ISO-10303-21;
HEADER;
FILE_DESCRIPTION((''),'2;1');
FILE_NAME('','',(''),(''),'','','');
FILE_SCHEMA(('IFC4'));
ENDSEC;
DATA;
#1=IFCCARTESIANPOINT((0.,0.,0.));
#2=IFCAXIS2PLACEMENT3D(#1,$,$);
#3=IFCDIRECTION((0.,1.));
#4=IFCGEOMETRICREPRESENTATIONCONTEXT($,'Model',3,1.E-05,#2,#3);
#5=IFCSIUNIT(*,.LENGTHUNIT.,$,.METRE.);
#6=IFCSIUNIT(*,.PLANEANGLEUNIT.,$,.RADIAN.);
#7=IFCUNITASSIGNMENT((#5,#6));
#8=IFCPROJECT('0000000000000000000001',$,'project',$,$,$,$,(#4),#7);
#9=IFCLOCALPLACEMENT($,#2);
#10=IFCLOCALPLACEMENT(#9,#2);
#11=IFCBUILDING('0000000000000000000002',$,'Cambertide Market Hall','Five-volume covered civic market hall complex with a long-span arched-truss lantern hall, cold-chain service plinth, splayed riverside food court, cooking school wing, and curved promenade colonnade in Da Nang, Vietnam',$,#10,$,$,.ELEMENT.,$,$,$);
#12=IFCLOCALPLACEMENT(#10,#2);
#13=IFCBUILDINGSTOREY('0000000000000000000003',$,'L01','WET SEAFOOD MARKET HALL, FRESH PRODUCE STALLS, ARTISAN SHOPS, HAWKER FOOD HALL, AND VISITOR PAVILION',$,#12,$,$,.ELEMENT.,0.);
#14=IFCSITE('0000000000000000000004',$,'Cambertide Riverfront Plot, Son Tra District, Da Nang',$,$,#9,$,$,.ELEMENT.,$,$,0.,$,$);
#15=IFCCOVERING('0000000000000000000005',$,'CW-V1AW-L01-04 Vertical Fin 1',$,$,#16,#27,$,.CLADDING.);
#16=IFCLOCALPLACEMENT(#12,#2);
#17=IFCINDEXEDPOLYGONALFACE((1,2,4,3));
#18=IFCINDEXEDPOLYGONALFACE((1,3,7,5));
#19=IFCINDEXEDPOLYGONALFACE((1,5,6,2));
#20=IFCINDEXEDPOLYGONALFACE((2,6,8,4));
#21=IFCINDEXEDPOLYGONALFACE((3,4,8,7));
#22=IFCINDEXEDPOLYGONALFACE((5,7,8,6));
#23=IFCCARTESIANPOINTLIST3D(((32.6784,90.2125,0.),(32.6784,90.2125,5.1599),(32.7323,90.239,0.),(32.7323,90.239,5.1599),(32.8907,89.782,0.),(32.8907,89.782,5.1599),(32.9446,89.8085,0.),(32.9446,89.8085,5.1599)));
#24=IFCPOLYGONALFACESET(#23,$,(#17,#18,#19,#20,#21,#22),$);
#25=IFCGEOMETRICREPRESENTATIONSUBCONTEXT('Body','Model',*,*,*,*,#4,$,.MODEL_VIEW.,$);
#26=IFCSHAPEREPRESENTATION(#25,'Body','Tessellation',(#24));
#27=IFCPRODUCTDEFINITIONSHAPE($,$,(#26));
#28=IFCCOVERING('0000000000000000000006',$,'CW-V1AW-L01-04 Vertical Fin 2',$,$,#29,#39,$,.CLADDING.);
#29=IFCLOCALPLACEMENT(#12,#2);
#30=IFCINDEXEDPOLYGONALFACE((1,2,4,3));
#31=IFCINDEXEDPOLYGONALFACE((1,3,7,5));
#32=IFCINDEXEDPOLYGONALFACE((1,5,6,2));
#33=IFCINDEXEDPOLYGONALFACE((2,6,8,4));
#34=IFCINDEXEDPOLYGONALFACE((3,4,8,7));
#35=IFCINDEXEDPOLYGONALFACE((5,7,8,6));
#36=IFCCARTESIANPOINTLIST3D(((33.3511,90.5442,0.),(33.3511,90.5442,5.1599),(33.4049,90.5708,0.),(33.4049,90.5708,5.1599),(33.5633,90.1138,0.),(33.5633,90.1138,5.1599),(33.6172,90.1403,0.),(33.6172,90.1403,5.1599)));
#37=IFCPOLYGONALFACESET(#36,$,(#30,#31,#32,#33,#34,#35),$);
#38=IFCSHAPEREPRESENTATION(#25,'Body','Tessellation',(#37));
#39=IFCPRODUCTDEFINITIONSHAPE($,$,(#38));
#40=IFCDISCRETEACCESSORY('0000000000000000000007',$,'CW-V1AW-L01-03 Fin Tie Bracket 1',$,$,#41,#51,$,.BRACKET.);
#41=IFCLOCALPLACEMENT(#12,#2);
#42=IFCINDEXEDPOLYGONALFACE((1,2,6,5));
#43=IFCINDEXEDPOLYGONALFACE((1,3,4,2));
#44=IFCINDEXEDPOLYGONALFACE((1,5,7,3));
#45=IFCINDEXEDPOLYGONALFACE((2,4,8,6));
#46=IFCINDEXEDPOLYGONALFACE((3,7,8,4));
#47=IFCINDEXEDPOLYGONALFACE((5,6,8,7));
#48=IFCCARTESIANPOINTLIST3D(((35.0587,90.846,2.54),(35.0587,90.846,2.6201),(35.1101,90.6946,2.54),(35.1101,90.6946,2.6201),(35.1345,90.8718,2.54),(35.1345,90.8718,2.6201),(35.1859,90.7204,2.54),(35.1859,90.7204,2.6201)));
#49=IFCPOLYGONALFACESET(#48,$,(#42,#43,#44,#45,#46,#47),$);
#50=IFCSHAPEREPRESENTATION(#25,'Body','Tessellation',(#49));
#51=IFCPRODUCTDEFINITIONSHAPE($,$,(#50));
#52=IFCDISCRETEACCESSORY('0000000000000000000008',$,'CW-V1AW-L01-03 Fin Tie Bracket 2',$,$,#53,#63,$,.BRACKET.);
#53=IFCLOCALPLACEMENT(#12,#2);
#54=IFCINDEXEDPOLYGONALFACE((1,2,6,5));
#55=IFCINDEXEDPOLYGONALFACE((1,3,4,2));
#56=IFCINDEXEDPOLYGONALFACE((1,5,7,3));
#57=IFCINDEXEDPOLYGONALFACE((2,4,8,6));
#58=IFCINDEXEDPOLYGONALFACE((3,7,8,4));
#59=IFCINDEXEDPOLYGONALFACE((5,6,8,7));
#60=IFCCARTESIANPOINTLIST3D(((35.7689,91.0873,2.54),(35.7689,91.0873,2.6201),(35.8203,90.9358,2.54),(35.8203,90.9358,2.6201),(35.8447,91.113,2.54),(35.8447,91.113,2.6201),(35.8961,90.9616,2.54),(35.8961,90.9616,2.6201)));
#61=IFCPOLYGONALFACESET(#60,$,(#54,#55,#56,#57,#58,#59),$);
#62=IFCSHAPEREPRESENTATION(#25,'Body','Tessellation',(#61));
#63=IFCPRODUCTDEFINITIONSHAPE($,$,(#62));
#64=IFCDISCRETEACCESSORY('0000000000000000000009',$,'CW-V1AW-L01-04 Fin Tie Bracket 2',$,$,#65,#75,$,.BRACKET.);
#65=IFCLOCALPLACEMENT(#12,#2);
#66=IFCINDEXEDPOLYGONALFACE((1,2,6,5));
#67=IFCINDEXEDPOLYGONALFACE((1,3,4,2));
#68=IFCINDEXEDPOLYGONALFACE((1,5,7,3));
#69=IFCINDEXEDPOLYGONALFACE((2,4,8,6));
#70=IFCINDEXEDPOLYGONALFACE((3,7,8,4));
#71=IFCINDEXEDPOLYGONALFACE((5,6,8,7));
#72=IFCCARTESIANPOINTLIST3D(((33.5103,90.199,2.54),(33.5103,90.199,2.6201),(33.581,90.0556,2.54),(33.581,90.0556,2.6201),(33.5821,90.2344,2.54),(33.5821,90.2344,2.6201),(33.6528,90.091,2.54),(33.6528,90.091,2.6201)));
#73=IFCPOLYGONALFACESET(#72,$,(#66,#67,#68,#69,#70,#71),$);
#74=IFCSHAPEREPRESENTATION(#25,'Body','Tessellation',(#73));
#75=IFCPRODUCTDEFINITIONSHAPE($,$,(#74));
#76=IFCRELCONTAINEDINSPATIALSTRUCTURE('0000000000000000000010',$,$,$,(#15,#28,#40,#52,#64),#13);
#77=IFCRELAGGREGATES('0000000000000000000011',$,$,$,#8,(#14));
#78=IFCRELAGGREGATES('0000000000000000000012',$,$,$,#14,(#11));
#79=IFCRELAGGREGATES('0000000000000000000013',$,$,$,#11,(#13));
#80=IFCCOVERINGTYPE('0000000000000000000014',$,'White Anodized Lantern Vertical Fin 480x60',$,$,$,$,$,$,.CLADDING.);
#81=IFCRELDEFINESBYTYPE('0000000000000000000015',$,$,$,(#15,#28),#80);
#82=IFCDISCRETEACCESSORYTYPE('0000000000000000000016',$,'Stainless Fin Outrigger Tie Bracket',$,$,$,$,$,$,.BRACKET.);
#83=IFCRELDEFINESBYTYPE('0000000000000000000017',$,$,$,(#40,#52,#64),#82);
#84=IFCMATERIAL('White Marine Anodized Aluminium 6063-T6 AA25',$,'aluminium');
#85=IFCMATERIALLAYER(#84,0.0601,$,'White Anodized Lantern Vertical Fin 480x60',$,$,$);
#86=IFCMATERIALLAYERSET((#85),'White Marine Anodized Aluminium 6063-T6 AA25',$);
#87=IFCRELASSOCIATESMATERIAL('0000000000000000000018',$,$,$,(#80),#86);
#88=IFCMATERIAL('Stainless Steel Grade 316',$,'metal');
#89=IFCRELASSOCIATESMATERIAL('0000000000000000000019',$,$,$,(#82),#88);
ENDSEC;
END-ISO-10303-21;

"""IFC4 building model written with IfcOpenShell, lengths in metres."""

from ifc_helpers import new_model, si_unit, direction, frame, origin, origin_2d, place, context, subcontext, project, spatial, rectangle, extrude, material, layer, layer_set, type_object, element, save


model = new_model("IFC4")

# Units and contexts
model_context = context("Model", 3, precision=1e-05, world=origin(), true_north=direction((0.0, 1.0)))
body_context = subcontext(model_context, "Body", "Model", "MODEL_VIEW")
ifc_project = project(units=[si_unit("LENGTHUNIT", "METRE"), si_unit("PLANEANGLEUNIT", "RADIAN")], contexts=[model_context])

# Site, building, storey
site_placement = place(None, origin())
site = spatial("IfcSite", under=ifc_project, at=site_placement, Name="Cambertide Riverfront Plot, Son Tra District, Da Nang", CompositionType="ELEMENT", RefElevation=0.0)
building_placement = place(site_placement, origin())
building = spatial("IfcBuilding", under=site, at=building_placement, Name="Cambertide Market Hall", Description="Five-volume covered civic market hall complex with a long-span arched-truss lantern hall, cold-chain service plinth, splayed riverside food court, cooking school wing, and curved promenade colonnade in Da Nang, Vietnam", CompositionType="ELEMENT")
storey_placement = place(building_placement, origin())
storey = spatial("IfcBuildingStorey", under=building, at=storey_placement, Name="L01", Description="WET SEAFOOD MARKET HALL, FRESH PRODUCE STALLS, ARTISAN SHOPS, HAWKER FOOD HALL, AND VISITOR PAVILION", CompositionType="ELEMENT", Elevation=0.0)

# Coverings
ifc_material_1 = material(Name="White Marine Anodized Aluminium 6063-T6 AA25", Category="aluminium")
ifc_layer_1 = layer(ifc_material_1, 0.0601, Name="White Anodized Lantern Vertical Fin 480x60")
ifc_layer_set_1 = layer_set([ifc_layer_1], Name="White Marine Anodized Aluminium 6063-T6 AA25")
covering_type = type_object("IfcCoveringType", Name="White Anodized Lantern Vertical Fin 480x60", PredefinedType="CLADDING", material=ifc_layer_set_1)
for number, where, z_axis, x_axis, name in (
    (1, (32.8115, 90.0105, 0.0), (0.0, 0.0, 1.0), (0.896873, 0.442289, 0.0), "CW-V1AW-L01-04 Vertical Fin 1"),
    (2, (33.4841, 90.3423, 0.0), (0.0, 0.0, 1.0), (0.896873, 0.442289, 0.0), "CW-V1AW-L01-04 Vertical Fin 2"),
):
    element("IfcCovering", number, at=place(storey_placement, frame(where, z_axis=z_axis, x_axis=x_axis)), inside=storey, type_object=covering_type, Name=name, PredefinedType="CLADDING", context=body_context, shape_type="SweptSolid", body=[
        extrude(rectangle(XDim=0.0601, YDim=0.48, at=origin_2d()), origin(), (0.0, 0.0, 1.0), 5.1599),
    ])

# Discrete accessories
ifc_material_2 = material(Name="Stainless Steel Grade 316", Category="metal")
discrete_accessory_type = type_object("IfcDiscreteAccessoryType", Name="Stainless Fin Outrigger Tie Bracket", PredefinedType="BRACKET", material=ifc_material_2)
for number, where, z_axis, x_axis, name in (
    (3, (35.1223, 90.7832, 2.54), (0.0, 0.0, 1.0), (0.94693, 0.321439, 0.0), "CW-V1AW-L01-03 Fin Tie Bracket 1"),
    (4, (35.8325, 91.0244, 2.54), (0.0, 0.0, 1.0), (0.94693, 0.321439, 0.0), "CW-V1AW-L01-03 Fin Tie Bracket 2"),
    (5, (33.5815, 90.145, 2.54), (0.0, 0.0, 1.0), (0.896873, 0.442289, 0.0), "CW-V1AW-L01-04 Fin Tie Bracket 2"),
):
    element("IfcDiscreteAccessory", number, at=place(storey_placement, frame(where, z_axis=z_axis, x_axis=x_axis)), inside=storey, type_object=discrete_accessory_type, Name=name, PredefinedType="BRACKET", context=body_context, shape_type="SweptSolid", body=[
        extrude(rectangle(XDim=0.0801, YDim=0.1599, at=origin_2d()), origin(), (0.0, 0.0, 1.0), 0.0801),
    ])

save(model, "model.ifc")
